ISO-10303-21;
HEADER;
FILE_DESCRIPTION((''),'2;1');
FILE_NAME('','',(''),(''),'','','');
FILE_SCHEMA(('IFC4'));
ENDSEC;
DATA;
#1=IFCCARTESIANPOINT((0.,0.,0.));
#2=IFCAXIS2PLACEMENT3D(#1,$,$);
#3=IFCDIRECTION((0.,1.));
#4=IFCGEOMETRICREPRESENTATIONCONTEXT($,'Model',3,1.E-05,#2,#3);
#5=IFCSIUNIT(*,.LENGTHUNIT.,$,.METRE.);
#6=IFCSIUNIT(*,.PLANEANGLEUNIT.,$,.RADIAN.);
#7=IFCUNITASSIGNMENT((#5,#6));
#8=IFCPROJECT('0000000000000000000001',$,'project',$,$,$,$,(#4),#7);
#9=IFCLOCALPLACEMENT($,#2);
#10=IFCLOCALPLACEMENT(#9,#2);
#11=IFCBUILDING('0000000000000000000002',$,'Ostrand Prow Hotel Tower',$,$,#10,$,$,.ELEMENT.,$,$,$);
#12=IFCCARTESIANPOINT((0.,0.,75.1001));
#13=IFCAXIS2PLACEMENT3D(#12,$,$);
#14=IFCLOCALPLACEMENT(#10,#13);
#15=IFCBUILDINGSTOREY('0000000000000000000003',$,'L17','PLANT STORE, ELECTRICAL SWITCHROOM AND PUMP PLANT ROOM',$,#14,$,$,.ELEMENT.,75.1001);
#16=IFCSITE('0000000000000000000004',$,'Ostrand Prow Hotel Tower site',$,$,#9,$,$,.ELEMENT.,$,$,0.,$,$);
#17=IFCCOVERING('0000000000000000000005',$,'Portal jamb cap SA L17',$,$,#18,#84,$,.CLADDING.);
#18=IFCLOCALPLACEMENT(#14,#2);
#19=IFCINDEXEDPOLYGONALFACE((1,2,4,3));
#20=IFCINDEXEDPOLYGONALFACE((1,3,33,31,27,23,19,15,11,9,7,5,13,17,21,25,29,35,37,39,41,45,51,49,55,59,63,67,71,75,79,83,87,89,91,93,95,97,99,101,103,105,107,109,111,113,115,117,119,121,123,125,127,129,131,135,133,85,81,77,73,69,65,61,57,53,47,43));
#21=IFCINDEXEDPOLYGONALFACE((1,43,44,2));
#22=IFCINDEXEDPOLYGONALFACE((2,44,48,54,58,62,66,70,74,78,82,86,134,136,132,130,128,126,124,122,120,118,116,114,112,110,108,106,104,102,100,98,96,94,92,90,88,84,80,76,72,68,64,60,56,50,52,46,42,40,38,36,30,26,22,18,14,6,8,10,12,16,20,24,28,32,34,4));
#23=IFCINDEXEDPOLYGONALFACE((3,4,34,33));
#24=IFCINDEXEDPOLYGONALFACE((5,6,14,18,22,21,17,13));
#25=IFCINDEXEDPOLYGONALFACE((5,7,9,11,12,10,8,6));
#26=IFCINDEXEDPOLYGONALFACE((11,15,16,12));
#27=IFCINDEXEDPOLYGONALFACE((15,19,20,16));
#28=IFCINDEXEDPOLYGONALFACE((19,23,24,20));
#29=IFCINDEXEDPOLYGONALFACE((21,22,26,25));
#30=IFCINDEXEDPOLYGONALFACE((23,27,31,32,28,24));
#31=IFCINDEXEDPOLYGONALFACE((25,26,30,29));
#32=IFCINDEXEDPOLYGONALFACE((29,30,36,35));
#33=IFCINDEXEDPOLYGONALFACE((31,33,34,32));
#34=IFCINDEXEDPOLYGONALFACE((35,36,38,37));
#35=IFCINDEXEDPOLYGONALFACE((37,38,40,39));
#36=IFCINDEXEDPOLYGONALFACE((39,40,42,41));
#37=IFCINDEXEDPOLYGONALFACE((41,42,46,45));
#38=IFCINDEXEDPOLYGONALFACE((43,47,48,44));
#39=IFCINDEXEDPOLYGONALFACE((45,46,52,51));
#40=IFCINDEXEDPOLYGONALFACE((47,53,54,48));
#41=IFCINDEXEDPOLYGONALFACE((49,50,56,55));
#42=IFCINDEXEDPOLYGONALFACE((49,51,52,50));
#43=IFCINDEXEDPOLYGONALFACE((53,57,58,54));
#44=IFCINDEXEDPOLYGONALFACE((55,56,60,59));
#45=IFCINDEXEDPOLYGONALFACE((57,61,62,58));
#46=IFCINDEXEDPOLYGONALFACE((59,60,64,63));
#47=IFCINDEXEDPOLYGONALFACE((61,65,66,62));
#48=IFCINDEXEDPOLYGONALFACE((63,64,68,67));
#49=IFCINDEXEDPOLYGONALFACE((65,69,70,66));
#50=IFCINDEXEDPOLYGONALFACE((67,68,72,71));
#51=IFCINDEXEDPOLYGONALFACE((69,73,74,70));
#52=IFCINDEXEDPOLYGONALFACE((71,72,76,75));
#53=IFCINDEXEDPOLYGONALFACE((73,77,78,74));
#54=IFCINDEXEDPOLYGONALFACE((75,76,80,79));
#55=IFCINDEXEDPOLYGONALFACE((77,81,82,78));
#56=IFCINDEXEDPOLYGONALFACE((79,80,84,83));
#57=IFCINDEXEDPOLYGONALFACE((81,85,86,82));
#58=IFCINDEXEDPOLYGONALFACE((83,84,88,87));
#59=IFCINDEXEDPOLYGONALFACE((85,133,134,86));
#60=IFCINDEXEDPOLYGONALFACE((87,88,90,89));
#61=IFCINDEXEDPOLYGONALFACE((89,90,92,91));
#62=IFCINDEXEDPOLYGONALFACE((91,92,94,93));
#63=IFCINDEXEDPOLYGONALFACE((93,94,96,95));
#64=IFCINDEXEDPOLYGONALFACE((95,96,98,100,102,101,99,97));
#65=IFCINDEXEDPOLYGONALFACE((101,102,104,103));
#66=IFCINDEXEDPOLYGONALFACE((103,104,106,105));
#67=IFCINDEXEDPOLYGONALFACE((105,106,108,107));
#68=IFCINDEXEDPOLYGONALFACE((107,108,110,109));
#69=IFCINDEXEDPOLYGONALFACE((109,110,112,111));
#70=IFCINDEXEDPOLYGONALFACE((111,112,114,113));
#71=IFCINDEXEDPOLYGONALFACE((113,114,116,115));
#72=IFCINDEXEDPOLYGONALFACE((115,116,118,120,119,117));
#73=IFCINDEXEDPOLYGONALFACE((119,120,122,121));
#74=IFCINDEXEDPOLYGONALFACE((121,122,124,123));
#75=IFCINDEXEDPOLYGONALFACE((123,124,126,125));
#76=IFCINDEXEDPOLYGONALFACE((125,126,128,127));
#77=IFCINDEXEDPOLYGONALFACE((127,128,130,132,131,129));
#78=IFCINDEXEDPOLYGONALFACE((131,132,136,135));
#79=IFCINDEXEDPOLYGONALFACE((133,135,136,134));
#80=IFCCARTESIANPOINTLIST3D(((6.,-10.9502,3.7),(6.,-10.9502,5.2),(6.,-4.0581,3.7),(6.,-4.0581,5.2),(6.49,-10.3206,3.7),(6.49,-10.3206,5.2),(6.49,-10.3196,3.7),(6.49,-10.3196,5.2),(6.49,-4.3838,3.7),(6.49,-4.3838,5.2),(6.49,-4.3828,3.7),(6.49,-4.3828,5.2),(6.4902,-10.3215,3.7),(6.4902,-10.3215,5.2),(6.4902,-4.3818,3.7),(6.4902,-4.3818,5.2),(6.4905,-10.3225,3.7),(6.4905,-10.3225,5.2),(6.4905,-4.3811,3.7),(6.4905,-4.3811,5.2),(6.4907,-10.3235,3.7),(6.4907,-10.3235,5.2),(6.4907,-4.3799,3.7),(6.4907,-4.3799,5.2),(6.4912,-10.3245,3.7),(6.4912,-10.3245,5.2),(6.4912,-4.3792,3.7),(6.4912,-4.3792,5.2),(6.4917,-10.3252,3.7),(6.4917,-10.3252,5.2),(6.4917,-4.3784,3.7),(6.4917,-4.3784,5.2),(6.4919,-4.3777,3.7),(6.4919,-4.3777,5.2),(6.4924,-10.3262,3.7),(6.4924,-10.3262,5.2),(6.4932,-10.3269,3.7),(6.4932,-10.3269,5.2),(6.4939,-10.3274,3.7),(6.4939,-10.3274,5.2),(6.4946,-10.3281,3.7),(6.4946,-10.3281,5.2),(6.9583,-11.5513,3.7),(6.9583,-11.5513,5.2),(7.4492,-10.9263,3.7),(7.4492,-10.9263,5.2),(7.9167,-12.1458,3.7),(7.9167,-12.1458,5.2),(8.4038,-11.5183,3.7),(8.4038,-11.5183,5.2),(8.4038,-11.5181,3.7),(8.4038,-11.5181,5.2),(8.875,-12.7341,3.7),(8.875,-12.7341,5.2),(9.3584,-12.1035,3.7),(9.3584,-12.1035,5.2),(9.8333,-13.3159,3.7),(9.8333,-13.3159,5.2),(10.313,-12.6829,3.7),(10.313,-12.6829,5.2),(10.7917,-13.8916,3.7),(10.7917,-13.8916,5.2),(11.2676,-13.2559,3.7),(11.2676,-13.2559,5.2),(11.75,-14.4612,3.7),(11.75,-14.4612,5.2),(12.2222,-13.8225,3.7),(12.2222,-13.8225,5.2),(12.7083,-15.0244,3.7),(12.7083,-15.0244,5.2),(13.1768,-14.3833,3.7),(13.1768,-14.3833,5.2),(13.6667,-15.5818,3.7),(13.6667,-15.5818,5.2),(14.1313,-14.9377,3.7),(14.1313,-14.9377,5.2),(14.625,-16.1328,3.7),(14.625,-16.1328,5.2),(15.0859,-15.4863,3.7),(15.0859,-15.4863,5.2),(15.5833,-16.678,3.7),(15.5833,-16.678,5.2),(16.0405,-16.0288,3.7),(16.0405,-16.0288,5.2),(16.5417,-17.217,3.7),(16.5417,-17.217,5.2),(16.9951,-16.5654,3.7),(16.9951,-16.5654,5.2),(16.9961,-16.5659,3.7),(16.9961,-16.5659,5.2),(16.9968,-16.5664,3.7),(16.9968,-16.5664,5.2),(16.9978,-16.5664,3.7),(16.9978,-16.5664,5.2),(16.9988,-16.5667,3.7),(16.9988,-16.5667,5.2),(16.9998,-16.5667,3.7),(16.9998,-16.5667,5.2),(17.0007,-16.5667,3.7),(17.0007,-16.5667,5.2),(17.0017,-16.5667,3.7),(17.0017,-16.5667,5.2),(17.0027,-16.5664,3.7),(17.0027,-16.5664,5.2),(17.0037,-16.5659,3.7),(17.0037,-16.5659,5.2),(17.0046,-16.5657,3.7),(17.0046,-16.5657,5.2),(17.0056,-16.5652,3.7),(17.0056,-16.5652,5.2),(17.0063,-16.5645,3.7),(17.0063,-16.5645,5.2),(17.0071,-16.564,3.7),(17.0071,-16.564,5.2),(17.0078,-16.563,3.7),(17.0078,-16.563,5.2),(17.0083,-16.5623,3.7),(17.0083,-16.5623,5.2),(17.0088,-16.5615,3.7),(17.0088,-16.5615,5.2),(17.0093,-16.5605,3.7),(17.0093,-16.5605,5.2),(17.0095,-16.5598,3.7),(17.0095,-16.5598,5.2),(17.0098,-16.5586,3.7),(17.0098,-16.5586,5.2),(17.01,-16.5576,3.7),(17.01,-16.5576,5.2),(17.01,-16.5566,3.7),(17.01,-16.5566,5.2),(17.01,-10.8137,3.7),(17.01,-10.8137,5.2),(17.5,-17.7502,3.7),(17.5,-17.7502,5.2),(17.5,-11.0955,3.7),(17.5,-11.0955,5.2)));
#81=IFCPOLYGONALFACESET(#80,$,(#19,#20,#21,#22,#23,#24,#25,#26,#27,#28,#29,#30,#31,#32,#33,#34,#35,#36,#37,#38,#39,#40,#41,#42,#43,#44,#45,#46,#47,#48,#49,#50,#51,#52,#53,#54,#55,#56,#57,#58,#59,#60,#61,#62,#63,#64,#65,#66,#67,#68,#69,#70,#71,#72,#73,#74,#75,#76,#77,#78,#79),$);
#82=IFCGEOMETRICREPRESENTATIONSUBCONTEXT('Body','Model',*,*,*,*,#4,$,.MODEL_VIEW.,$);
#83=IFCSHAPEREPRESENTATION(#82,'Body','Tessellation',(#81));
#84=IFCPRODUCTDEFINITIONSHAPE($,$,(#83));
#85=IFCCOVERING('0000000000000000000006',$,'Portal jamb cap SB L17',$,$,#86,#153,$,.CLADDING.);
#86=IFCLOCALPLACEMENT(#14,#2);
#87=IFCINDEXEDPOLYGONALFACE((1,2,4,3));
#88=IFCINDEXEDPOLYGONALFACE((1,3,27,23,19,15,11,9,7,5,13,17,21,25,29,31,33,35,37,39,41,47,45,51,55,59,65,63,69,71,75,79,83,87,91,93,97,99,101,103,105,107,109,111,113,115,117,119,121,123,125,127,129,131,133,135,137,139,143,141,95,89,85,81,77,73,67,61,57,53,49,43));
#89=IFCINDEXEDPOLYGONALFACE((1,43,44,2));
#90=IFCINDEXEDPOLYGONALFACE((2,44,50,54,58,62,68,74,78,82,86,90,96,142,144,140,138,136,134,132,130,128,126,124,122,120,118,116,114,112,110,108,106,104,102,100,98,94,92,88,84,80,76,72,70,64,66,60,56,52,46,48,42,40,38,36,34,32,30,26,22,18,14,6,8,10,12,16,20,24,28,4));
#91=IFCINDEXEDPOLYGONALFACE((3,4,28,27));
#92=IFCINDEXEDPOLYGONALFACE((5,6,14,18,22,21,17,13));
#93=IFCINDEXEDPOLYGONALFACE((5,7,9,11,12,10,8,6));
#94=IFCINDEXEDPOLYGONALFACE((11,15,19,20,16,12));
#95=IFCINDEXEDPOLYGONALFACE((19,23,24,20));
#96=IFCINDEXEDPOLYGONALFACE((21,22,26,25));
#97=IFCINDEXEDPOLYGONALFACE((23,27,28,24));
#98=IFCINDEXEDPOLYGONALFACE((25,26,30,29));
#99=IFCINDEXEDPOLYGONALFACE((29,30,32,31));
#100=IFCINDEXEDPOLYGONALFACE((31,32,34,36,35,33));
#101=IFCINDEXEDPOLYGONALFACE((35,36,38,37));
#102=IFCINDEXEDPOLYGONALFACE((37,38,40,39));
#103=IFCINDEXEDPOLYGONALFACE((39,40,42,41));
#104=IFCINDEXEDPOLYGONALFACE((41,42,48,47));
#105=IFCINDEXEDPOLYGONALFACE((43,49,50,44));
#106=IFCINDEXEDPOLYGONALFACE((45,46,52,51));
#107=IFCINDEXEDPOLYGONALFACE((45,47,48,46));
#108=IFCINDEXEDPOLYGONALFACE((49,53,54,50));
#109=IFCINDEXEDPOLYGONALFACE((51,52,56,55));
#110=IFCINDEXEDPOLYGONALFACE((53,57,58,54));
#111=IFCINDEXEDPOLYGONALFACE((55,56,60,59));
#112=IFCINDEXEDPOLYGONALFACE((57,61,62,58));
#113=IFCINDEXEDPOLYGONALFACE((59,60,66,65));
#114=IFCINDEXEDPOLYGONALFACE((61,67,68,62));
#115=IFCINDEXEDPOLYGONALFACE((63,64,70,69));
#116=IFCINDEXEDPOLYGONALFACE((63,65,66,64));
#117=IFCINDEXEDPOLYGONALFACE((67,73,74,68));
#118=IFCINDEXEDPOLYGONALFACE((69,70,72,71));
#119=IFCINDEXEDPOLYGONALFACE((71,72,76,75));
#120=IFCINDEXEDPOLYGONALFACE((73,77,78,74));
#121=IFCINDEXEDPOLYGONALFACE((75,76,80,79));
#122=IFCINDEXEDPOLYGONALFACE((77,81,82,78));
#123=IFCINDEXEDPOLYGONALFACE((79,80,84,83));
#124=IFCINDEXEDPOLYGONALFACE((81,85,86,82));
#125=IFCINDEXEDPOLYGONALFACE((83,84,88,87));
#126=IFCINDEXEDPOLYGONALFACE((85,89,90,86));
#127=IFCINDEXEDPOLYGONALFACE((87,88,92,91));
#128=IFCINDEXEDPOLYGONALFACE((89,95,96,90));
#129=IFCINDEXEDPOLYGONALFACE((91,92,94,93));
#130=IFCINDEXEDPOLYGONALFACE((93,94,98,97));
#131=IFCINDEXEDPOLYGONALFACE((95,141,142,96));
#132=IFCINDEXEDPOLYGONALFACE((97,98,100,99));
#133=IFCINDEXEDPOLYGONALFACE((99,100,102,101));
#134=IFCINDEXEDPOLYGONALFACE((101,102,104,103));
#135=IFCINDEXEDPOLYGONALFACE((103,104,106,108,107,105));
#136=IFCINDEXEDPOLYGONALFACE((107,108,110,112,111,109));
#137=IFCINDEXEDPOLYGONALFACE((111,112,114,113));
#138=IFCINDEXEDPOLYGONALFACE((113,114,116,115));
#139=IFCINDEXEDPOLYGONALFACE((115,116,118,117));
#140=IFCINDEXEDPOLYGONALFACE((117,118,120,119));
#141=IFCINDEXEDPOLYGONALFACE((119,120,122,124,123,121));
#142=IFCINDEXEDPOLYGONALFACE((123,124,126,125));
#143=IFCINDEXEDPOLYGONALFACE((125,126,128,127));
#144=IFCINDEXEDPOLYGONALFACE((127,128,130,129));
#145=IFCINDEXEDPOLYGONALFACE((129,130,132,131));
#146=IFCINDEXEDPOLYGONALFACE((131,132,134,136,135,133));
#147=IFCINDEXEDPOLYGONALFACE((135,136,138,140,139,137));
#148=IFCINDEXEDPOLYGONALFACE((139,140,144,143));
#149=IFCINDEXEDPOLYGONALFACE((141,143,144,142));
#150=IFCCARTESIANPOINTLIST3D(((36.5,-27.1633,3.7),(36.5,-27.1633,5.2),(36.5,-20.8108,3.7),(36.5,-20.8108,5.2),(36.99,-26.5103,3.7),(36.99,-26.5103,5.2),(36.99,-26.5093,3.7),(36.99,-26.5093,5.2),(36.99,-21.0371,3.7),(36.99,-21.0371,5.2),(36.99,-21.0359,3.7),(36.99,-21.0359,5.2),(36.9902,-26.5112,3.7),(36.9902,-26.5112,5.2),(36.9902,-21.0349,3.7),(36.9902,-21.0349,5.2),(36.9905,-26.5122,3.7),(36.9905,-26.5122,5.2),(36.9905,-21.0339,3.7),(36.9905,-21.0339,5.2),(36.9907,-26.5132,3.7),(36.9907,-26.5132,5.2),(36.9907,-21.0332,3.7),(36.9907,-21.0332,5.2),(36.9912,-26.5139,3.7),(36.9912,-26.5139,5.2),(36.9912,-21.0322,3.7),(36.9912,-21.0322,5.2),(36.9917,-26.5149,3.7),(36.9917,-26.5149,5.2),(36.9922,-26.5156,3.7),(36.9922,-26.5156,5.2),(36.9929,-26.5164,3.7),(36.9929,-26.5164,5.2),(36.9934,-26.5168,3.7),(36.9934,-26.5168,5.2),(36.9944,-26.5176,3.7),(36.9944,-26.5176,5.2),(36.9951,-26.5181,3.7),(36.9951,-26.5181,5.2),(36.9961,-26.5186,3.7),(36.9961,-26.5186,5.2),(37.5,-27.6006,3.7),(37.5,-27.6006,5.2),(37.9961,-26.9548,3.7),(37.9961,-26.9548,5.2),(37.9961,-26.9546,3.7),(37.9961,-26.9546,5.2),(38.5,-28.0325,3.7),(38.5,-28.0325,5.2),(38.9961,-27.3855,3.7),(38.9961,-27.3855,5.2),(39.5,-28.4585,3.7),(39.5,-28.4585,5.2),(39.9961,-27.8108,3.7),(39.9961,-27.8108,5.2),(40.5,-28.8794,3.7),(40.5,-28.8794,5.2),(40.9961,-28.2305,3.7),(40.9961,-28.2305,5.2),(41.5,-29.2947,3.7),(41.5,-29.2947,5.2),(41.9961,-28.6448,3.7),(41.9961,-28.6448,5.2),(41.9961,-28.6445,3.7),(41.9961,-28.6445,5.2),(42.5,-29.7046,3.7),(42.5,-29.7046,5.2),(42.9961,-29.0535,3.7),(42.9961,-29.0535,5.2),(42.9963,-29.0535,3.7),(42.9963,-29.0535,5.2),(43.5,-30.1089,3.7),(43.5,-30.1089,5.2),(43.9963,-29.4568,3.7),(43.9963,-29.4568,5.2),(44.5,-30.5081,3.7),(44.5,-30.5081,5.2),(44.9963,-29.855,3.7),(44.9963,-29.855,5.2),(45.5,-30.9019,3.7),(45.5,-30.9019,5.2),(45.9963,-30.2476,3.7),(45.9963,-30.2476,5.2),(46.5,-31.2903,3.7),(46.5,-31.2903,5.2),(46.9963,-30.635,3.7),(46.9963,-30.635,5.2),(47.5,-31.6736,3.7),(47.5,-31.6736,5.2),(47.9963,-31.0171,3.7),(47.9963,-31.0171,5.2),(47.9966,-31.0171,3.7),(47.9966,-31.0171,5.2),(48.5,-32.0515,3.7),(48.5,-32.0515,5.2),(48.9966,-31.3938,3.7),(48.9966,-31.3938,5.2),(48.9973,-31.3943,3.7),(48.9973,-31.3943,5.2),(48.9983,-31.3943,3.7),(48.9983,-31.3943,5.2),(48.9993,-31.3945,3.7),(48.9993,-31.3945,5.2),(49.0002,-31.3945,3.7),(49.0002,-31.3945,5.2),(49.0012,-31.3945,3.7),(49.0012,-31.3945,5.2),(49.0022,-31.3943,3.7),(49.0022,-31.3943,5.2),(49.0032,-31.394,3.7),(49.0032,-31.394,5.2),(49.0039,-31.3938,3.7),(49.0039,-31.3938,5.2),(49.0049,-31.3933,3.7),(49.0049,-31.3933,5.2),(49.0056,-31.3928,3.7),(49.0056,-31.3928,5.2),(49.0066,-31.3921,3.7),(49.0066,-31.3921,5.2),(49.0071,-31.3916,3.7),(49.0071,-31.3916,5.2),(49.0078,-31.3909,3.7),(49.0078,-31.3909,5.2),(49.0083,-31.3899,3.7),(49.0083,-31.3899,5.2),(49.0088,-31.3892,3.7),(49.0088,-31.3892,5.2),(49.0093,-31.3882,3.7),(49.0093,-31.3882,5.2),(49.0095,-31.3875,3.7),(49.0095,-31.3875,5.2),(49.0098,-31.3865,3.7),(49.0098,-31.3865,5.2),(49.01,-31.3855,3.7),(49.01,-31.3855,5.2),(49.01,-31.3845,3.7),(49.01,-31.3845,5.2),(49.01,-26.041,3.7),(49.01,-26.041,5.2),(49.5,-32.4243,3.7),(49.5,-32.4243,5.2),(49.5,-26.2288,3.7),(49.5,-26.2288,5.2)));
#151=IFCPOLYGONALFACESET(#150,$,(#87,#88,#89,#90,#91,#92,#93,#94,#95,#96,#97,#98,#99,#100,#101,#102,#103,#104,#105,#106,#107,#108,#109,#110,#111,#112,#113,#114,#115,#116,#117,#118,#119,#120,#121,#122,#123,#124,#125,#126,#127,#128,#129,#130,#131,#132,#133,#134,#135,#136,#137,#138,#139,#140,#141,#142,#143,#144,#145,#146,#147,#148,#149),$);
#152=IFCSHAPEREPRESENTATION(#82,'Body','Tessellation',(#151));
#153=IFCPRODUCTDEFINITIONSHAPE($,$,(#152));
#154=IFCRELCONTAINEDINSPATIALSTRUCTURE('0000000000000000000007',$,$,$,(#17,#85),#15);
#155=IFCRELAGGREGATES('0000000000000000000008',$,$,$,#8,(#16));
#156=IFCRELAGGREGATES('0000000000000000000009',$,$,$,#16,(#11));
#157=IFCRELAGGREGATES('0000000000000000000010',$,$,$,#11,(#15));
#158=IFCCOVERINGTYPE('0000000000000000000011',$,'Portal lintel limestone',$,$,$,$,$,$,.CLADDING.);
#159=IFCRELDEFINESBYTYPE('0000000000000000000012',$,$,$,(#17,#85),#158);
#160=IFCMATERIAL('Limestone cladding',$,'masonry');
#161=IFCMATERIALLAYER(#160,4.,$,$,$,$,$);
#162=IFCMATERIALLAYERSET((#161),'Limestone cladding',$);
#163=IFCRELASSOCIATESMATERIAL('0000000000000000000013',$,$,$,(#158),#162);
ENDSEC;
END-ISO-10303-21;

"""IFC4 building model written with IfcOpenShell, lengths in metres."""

from ifc_helpers import new_model, si_unit, direction, frame, origin, place, context, subcontext, project, spatial, polyline, outline, extrude, material, layer, layer_set, type_object, element, save


model = new_model("IFC4")

# Units and contexts
model_context = context("Model", 3, precision=1e-05, world=origin(), true_north=direction((0.0, 1.0)))
body_context = subcontext(model_context, "Body", "Model", "MODEL_VIEW")
ifc_project = project(units=[si_unit("LENGTHUNIT", "METRE"), si_unit("PLANEANGLEUNIT", "RADIAN")], contexts=[model_context])

# Site, building, storey
site_placement = place(None, origin())
site = spatial("IfcSite", under=ifc_project, at=site_placement, Name="Ostrand Prow Hotel Tower site", CompositionType="ELEMENT", RefElevation=0.0)
building_placement = place(site_placement, origin())
building = spatial("IfcBuilding", under=site, at=building_placement, Name="Ostrand Prow Hotel Tower", CompositionType="ELEMENT")
storey_placement = place(building_placement, frame((0.0, 0.0, 75.1001)))
storey = spatial("IfcBuildingStorey", under=building, at=storey_placement, Name="L17", Description="PLANT STORE, ELECTRICAL SWITCHROOM AND PUMP PLANT ROOM", CompositionType="ELEMENT", Elevation=75.1001)

# Coverings
ifc_material_1 = material(Name="Limestone cladding", Category="masonry")
ifc_layer_1 = layer(ifc_material_1, 4.0)
ifc_layer_set_1 = layer_set([ifc_layer_1], Name="Limestone cladding")
covering_type_1 = type_object("IfcCoveringType", Name="Portal lintel limestone", PredefinedType="CLADDING", material=ifc_layer_set_1)
covering_1_placement = place(storey_placement, frame((0.0, 0.0, 3.7)))
element("IfcCovering", 1, at=covering_1_placement, inside=storey, type_object=covering_type_1, Name="Portal jamb cap SA L17", PredefinedType="CLADDING", context=body_context, shape_type="SweptSolid", body=[
    extrude(outline(polyline([(6.4919, -4.3777), (6.0, -4.0581), (6.0, -10.9502), (6.9583, -11.5513), (7.9167, -12.1458), (8.875, -12.7341), (9.8333, -13.3159), (10.7917, -13.8916), (11.75, -14.4612), (12.7083, -15.0244), (13.6667, -15.5818), (14.625, -16.1328), (15.5833, -16.678), (16.5417, -17.217), (17.5, -17.7502), (17.5, -11.0955), (17.01, -10.8137), (17.01, -16.5566), (17.01, -16.5576), (17.0098, -16.5586), (17.0095, -16.5598), (17.0093, -16.5605), (17.0088, -16.5615), (17.0083, -16.5623), (17.0078, -16.563), (17.0071, -16.564), (17.0063, -16.5645), (17.0056, -16.5652), (17.0046, -16.5657), (17.0037, -16.5659), (17.0027, -16.5664), (17.0017, -16.5667), (17.0007, -16.5667), (16.9998, -16.5667), (16.9988, -16.5667), (16.9978, -16.5664), (16.9968, -16.5664), (16.9961, -16.5659), (16.9951, -16.5654), (16.0405, -16.0288), (16.0405, -16.0288), (15.0859, -15.4863), (15.0859, -15.4863), (14.1313, -14.9377), (14.1313, -14.9377), (13.1768, -14.3833), (13.1768, -14.3833), (12.2222, -13.8225), (12.2222, -13.8225), (11.2676, -13.2559), (11.2676, -13.2559), (10.313, -12.6829), (10.313, -12.6829), (9.3584, -12.1035), (9.3584, -12.1035), (8.4038, -11.5183), (8.4038, -11.5181), (7.4492, -10.9263), (7.4492, -10.9263), (6.4946, -10.3281), (6.4939, -10.3274), (6.4932, -10.3269), (6.4924, -10.3262), (6.4917, -10.3252), (6.4912, -10.3245), (6.4907, -10.3235), (6.4905, -10.3225), (6.4902, -10.3215), (6.49, -10.3206), (6.49, -10.3196), (6.49, -4.3838), (6.49, -4.3828), (6.4902, -4.3818), (6.4905, -4.3811), (6.4907, -4.3799), (6.4912, -4.3792), (6.4917, -4.3784), (6.4919, -4.3777)])), origin(), (0.0, 0.0, 1.0), 1.5),
])
covering_2_placement = place(storey_placement, frame((0.0, 0.0, 3.7)))
element("IfcCovering", 2, at=covering_2_placement, inside=storey, type_object=covering_type_1, Name="Portal jamb cap SB L17", PredefinedType="CLADDING", context=body_context, shape_type="SweptSolid", body=[
    extrude(outline(polyline([(36.9912, -21.0322), (36.5, -20.8108), (36.5, -27.1633), (37.5, -27.6006), (38.5, -28.0325), (39.5, -28.4585), (40.5, -28.8794), (41.5, -29.2947), (42.5, -29.7046), (43.5, -30.1089), (44.5, -30.5081), (45.5, -30.9019), (46.5, -31.2903), (47.5, -31.6736), (48.5, -32.0515), (49.5, -32.4243), (49.5, -26.2288), (49.01, -26.041), (49.01, -31.3845), (49.01, -31.3855), (49.0098, -31.3865), (49.0095, -31.3875), (49.0093, -31.3882), (49.0088, -31.3892), (49.0083, -31.3899), (49.0078, -31.3909), (49.0071, -31.3916), (49.0066, -31.3921), (49.0056, -31.3928), (49.0049, -31.3933), (49.0039, -31.3938), (49.0032, -31.394), (49.0022, -31.3943), (49.0012, -31.3945), (49.0002, -31.3945), (48.9993, -31.3945), (48.9983, -31.3943), (48.9973, -31.3943), (48.9966, -31.3938), (47.9966, -31.0171), (47.9963, -31.0171), (46.9963, -30.635), (46.9963, -30.635), (45.9963, -30.2476), (45.9963, -30.2476), (44.9963, -29.855), (44.9963, -29.855), (43.9963, -29.4568), (43.9963, -29.4568), (42.9963, -29.0535), (42.9961, -29.0535), (41.9961, -28.6448), (41.9961, -28.6445), (40.9961, -28.2305), (40.9961, -28.2305), (39.9961, -27.8108), (39.9961, -27.8108), (38.9961, -27.3855), (38.9961, -27.3855), (37.9961, -26.9548), (37.9961, -26.9546), (36.9961, -26.5186), (36.9951, -26.5181), (36.9944, -26.5176), (36.9934, -26.5168), (36.9929, -26.5164), (36.9922, -26.5156), (36.9917, -26.5149), (36.9912, -26.5139), (36.9907, -26.5132), (36.9905, -26.5122), (36.9902, -26.5112), (36.99, -26.5103), (36.99, -26.5093), (36.99, -21.0371), (36.99, -21.0359), (36.9902, -21.0349), (36.9905, -21.0339), (36.9907, -21.0332), (36.9912, -21.0322)])), origin(), (0.0, 0.0, 1.0), 1.5),
])

save(model, "model.ifc")
